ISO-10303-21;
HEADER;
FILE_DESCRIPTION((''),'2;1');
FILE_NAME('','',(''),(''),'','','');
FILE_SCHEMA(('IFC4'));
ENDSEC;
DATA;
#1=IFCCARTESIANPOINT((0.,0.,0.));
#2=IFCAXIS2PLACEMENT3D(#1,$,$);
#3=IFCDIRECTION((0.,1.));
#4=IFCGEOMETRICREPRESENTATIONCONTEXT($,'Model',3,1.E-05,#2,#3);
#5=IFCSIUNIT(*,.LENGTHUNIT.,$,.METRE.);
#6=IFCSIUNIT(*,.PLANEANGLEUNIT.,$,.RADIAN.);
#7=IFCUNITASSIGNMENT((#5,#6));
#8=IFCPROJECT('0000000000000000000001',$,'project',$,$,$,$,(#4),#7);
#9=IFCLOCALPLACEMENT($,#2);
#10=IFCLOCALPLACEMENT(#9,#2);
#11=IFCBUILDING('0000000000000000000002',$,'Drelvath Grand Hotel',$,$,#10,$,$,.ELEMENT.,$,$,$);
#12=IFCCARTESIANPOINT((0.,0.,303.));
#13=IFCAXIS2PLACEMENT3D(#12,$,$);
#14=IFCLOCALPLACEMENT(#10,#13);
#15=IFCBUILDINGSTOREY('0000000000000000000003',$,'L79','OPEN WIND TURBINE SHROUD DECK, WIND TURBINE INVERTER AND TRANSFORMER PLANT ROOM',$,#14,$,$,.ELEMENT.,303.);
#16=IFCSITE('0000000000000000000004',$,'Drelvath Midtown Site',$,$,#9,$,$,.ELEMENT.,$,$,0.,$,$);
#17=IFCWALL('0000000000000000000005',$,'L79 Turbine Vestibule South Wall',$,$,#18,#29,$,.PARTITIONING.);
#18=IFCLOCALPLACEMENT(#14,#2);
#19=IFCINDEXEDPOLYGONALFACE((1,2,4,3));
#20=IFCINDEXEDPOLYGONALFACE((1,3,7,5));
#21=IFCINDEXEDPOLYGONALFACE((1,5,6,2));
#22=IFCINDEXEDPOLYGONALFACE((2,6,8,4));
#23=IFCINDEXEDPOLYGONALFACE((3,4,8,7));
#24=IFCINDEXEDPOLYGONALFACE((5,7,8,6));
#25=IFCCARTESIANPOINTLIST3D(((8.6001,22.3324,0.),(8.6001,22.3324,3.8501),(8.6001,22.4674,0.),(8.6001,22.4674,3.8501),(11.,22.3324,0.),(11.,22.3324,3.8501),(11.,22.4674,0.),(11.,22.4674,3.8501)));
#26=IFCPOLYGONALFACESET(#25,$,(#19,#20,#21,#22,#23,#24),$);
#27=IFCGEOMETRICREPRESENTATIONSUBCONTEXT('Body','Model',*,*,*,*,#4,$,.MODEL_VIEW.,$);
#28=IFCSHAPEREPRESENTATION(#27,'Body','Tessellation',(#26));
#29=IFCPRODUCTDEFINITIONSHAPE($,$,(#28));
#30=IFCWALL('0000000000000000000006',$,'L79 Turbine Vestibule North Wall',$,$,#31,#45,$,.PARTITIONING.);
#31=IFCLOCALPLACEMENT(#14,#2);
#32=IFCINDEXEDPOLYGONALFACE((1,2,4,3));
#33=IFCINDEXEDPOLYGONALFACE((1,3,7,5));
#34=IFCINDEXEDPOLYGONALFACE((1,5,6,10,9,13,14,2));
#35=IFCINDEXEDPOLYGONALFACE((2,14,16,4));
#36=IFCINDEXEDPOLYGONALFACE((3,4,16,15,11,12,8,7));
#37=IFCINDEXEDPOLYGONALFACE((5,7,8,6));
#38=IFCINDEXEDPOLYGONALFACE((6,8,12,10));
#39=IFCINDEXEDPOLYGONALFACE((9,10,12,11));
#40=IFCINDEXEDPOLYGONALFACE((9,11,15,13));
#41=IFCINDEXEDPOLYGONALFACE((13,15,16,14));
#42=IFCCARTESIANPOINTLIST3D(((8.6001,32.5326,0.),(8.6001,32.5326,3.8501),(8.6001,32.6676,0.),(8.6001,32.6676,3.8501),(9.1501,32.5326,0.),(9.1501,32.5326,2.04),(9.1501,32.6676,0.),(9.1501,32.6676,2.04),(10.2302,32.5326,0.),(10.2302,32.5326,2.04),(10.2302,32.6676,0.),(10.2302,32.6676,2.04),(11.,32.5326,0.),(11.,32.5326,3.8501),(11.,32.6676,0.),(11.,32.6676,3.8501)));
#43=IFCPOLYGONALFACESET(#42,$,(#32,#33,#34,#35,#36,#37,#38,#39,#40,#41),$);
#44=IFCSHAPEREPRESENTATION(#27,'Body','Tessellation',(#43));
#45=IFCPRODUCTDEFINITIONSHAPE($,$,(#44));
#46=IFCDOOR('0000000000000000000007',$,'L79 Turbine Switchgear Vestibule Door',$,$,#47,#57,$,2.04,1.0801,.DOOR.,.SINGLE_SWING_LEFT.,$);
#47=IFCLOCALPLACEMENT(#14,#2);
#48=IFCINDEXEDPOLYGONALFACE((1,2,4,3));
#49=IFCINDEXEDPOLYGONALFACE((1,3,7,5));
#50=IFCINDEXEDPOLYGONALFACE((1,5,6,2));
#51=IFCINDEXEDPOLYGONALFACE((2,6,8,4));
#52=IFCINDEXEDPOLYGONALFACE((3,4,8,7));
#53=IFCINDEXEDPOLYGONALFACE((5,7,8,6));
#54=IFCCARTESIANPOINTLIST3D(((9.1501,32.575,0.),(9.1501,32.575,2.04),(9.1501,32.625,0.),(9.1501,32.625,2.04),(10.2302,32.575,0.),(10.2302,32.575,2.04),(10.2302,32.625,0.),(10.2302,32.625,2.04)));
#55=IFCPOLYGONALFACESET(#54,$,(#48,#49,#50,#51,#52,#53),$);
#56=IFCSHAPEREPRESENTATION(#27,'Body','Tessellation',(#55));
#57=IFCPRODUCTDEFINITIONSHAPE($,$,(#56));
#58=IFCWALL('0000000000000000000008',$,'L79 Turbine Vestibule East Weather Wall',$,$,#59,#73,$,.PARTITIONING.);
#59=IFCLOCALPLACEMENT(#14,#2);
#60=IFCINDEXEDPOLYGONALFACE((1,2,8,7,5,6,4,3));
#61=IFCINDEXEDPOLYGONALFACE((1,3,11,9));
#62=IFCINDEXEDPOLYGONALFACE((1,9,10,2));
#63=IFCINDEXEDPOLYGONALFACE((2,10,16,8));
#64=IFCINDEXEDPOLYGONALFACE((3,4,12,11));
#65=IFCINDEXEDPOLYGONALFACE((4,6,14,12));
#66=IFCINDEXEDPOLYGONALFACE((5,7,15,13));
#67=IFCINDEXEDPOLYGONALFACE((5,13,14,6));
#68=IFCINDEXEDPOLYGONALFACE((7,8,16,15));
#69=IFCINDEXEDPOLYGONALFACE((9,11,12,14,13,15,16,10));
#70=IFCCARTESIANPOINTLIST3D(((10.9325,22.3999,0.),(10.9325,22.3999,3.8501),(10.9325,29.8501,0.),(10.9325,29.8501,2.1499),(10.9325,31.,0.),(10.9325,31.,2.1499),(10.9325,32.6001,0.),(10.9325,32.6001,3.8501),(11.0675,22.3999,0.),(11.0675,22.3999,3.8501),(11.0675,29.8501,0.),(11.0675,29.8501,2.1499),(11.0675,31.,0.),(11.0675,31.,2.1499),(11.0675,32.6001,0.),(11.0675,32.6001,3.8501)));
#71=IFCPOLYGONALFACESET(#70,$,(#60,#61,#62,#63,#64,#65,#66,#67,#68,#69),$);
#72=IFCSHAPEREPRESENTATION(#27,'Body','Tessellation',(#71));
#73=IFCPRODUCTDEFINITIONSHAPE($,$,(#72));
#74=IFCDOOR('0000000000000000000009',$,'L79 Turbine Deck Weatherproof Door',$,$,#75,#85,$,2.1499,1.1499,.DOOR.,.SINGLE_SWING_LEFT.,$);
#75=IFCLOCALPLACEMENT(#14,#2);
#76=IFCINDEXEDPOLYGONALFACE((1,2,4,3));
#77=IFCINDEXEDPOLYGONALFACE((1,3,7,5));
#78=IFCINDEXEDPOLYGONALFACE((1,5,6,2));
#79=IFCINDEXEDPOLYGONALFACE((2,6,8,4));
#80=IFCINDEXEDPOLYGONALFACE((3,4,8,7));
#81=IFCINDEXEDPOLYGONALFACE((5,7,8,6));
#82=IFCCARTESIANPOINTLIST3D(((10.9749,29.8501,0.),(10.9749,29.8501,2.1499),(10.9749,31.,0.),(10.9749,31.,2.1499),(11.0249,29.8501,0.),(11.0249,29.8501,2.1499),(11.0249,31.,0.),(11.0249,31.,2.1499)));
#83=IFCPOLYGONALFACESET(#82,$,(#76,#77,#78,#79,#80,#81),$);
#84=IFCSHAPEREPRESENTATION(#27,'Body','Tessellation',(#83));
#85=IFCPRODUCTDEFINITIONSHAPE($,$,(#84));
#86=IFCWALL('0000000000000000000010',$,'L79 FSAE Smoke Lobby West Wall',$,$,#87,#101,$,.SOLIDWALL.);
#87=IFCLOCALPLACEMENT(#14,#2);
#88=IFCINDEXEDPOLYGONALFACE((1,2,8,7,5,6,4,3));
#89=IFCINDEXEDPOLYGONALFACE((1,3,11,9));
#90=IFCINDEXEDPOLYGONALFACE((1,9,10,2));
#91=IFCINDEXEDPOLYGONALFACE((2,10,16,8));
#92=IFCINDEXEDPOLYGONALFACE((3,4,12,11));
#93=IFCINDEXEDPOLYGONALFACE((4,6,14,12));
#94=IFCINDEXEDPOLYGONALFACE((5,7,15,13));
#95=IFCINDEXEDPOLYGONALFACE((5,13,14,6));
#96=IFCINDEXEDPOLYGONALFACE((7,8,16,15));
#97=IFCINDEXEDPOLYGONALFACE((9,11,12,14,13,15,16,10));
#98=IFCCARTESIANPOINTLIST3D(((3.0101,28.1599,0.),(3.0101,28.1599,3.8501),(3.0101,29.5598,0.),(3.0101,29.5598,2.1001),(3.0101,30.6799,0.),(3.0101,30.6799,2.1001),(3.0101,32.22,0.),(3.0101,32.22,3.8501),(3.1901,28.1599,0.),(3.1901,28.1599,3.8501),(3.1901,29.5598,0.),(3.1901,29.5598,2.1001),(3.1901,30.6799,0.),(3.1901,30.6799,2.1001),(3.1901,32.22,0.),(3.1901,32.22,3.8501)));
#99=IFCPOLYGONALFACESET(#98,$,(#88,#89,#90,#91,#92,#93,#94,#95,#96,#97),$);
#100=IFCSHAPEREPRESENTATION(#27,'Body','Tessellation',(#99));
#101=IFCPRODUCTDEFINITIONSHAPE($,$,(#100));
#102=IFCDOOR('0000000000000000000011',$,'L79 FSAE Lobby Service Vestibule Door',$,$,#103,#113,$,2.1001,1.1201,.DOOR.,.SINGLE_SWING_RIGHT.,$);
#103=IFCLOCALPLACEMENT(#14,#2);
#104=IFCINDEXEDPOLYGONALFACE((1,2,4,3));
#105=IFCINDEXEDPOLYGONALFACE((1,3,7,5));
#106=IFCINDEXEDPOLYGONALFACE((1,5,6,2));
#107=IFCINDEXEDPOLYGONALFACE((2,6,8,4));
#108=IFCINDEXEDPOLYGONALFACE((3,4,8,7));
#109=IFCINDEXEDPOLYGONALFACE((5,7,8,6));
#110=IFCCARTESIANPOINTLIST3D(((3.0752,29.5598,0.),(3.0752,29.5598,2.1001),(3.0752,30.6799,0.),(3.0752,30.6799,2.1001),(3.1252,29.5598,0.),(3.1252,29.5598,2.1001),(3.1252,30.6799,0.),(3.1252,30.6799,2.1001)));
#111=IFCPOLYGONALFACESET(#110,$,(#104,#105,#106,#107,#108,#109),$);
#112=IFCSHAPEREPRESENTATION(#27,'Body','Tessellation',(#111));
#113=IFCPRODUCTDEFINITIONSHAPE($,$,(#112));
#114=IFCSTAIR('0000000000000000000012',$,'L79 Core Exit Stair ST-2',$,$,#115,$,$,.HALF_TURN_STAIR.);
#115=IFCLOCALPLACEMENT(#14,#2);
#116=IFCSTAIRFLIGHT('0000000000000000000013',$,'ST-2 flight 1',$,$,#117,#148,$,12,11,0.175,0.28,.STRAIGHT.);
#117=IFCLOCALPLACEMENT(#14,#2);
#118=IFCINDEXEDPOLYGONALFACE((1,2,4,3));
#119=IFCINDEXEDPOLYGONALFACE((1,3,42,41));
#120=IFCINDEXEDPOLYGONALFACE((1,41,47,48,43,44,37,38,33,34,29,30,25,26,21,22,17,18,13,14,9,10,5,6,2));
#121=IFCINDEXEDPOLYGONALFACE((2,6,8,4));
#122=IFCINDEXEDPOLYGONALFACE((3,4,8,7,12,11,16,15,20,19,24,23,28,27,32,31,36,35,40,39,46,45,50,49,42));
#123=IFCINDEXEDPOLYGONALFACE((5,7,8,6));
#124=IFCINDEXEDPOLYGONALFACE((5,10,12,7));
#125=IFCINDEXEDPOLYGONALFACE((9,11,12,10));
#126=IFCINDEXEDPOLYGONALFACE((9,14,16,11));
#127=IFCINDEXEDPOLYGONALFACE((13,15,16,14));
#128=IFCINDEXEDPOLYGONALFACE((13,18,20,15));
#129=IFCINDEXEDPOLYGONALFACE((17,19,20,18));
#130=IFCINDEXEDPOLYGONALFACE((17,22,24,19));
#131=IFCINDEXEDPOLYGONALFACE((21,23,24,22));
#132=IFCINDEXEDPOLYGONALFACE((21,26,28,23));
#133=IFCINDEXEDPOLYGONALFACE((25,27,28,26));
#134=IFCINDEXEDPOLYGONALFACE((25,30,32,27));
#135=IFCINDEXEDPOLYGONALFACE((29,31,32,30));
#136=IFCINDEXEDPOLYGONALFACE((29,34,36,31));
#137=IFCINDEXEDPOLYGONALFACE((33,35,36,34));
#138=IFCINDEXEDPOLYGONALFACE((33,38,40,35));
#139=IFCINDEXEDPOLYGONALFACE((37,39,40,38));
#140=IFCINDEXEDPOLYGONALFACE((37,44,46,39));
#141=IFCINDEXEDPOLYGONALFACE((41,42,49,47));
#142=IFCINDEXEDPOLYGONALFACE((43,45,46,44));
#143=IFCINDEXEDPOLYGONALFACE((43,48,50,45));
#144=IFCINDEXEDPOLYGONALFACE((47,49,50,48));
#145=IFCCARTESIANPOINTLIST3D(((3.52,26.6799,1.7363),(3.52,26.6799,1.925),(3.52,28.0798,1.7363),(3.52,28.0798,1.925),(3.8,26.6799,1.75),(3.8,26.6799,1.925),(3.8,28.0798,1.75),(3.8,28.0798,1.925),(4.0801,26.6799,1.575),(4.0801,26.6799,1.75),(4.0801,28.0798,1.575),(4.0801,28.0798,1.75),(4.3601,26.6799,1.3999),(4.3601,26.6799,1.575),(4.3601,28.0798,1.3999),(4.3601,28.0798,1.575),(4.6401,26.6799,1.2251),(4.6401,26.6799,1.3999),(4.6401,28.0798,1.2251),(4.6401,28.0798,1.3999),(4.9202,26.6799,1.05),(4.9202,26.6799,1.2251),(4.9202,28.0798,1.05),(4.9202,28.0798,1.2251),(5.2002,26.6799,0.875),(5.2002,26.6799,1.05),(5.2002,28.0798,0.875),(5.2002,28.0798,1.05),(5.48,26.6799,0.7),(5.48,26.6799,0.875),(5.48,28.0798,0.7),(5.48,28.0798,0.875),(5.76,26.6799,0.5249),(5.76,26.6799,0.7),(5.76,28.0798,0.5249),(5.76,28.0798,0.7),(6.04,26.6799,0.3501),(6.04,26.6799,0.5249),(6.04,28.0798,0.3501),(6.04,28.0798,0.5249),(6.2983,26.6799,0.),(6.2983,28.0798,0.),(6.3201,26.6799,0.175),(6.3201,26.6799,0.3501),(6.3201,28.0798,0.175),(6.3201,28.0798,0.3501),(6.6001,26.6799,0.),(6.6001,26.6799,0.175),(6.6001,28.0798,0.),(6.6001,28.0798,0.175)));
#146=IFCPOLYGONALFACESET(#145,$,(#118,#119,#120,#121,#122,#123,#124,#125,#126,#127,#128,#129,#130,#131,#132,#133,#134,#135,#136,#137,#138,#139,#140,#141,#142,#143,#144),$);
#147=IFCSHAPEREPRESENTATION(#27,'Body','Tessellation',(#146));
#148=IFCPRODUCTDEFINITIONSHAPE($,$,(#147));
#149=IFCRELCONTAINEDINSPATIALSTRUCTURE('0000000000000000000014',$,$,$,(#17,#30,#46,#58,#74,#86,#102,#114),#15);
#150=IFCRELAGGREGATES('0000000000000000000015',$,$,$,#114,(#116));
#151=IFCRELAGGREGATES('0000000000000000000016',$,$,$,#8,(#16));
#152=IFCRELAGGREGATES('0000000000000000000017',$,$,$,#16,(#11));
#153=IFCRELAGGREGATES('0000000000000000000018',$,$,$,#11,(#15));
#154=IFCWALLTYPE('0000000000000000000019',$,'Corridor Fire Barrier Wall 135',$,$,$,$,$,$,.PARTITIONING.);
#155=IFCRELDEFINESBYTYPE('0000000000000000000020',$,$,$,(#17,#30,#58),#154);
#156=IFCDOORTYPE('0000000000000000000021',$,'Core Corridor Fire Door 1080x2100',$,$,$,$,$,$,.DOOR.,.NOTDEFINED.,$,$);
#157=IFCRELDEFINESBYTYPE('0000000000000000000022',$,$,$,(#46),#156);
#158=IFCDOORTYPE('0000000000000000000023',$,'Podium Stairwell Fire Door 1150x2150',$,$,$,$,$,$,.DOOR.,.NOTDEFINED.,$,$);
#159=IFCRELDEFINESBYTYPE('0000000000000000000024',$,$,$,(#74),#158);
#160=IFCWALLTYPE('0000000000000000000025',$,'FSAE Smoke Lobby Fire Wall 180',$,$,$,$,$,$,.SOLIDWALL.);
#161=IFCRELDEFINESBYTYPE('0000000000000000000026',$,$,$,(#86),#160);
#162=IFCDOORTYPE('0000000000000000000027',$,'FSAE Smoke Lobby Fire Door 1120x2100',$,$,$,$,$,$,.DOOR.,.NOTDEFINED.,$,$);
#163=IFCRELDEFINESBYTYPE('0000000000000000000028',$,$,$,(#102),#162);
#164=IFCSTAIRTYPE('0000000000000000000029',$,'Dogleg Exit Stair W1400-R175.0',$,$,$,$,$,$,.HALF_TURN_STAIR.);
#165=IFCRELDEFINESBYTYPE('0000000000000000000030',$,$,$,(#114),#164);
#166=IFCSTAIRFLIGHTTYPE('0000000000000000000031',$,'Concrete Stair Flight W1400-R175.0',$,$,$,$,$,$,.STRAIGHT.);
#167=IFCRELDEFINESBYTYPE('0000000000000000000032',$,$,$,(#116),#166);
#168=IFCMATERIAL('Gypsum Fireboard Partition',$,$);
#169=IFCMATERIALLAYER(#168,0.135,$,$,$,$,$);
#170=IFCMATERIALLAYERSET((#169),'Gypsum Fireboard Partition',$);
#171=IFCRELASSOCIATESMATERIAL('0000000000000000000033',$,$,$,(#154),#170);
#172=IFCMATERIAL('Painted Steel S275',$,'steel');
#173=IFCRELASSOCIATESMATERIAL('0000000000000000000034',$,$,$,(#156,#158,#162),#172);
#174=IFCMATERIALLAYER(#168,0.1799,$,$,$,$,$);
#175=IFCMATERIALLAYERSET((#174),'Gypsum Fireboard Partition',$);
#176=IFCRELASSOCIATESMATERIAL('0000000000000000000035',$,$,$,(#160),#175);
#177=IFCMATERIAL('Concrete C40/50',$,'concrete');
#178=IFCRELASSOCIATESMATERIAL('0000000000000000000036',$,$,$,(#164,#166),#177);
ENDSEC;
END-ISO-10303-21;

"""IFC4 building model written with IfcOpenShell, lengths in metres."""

from ifc_helpers import new_model, si_unit, direction, frame, frame_2d, origin, place, context, subcontext, project, spatial, polyline, rectangle, outline, extrude, material, layer, layer_set, type_object, element, fill, aggregate, save


model = new_model("IFC4")

# Units and contexts
model_context = context("Model", 3, precision=1e-05, world=origin(), true_north=direction((0.0, 1.0)))
body_context = subcontext(model_context, "Body", "Model", "MODEL_VIEW")
ifc_project = project(units=[si_unit("LENGTHUNIT", "METRE"), si_unit("PLANEANGLEUNIT", "RADIAN")], contexts=[model_context])

# Site, building, storey
site_placement = place(None, origin())
site = spatial("IfcSite", under=ifc_project, at=site_placement, Name="Drelvath Midtown Site", CompositionType="ELEMENT", RefElevation=0.0)
building_placement = place(site_placement, origin())
building = spatial("IfcBuilding", under=site, at=building_placement, Name="Drelvath Grand Hotel", CompositionType="ELEMENT")
storey_placement = place(building_placement, frame((0.0, 0.0, 303.0)))
storey = spatial("IfcBuildingStorey", under=building, at=storey_placement, Name="L79", Description="OPEN WIND TURBINE SHROUD DECK, WIND TURBINE INVERTER AND TRANSFORMER PLANT ROOM", CompositionType="ELEMENT", Elevation=303.0)

# Shared definitions
ifc_material_1 = material(Name="Concrete C40/50", Category="concrete")

# Shared definitions
ifc_material_2 = material(Name="Painted Steel S275", Category="steel")

# Wall
ifc_material_3 = material(Name="Gypsum Fireboard Partition")
ifc_layer_1 = layer(ifc_material_3, 0.135)
ifc_layer_set_1 = layer_set([ifc_layer_1], Name="Gypsum Fireboard Partition")
wall_type_1 = type_object("IfcWallType", Name="Corridor Fire Barrier Wall 135", PredefinedType="PARTITIONING", material=ifc_layer_set_1)
wall_1_placement = place(storey_placement, frame((8.6001, 22.3999, 0.0), z_axis=(0.0, 0.0, 1.0), x_axis=(1.0, 0.0, 0.0)))
element("IfcWall", 1, at=wall_1_placement, inside=storey, type_object=wall_type_1, Name="L79 Turbine Vestibule South Wall", PredefinedType="PARTITIONING", context=body_context, shape_type="SweptSolid", body=[
    extrude(rectangle(XDim=2.3999, YDim=0.135, at=frame_2d((1.2, 0.0))), origin(), (0.0, 0.0, 1.0), 3.8501),
])

# Walls, openings, doors
wall_2_placement = place(storey_placement, frame((8.6001, 32.6001, 0.0), z_axis=(0.0, 0.0, 1.0), x_axis=(1.0, 0.0, 0.0)))
wall_2 = element("IfcWall", 2, at=wall_2_placement, inside=storey, type_object=wall_type_1, Name="L79 Turbine Vestibule North Wall", PredefinedType="PARTITIONING", context=body_context, shape_type="SweptSolid", body=[
    extrude(rectangle(XDim=2.3999, YDim=0.135, at=frame_2d((1.2, 0.0))), origin(), (0.0, 0.0, 1.0), 3.8501),
])
opening_1_placement = place(wall_2_placement, frame((0.55, 0.0, 0.0)))
opening_1 = element("IfcOpeningElement", 3, at=opening_1_placement, cuts=wall_2, PredefinedType="OPENING", context=body_context, shape_type="SweptSolid", body=[
    extrude(rectangle(XDim=1.0801, YDim=2.04, at=frame_2d((0.54, 1.02))), frame((0.0, 0.0774, 0.0), z_axis=(0.0, -1.0, 0.0), x_axis=(1.0, 0.0, 0.0)), (0.0, 0.0, 1.0), 0.155),
])
door_type_1 = type_object("IfcDoorType", Name="Core Corridor Fire Door 1080x2100", OperationType="NOTDEFINED", PredefinedType="DOOR", material=ifc_material_2)
door_1_placement = place(opening_1_placement, origin())
door_1 = element("IfcDoor", 4, at=door_1_placement, inside=storey, type_object=door_type_1, Name="L79 Turbine Switchgear Vestibule Door", OperationType="SINGLE_SWING_LEFT", OverallHeight=2.04, OverallWidth=1.0801, PredefinedType="DOOR", context=body_context, shape_type="SweptSolid", body=[
    extrude(rectangle(XDim=1.0801, YDim=2.04, at=frame_2d((0.54, 1.02))), frame((0.0, 0.0249, 0.0), z_axis=(0.0, -1.0, 0.0), x_axis=(1.0, 0.0, 0.0)), (0.0, 0.0, 1.0), 0.05),
])
fill(opening_1, door_1)
wall_3_placement = place(storey_placement, frame((11.0, 32.6001, 0.0), z_axis=(0.0, 0.0, 1.0), x_axis=(0.0, -1.0, 0.0)))
wall_3 = element("IfcWall", 5, at=wall_3_placement, inside=storey, type_object=wall_type_1, Name="L79 Turbine Vestibule East Weather Wall", PredefinedType="PARTITIONING", context=body_context, shape_type="SweptSolid", body=[
    extrude(rectangle(XDim=10.2002, YDim=0.135, at=frame_2d((5.1001, 0.0))), origin(), (0.0, 0.0, 1.0), 3.8501),
])
opening_2_placement = place(wall_3_placement, frame((1.6001, 0.0, 0.0)))
opening_2 = element("IfcOpeningElement", 6, at=opening_2_placement, cuts=wall_3, PredefinedType="OPENING", context=body_context, shape_type="SweptSolid", body=[
    extrude(rectangle(XDim=1.1499, YDim=2.1499, at=frame_2d((0.575, 1.075))), frame((0.0, 0.0774, 0.0), z_axis=(0.0, -1.0, 0.0), x_axis=(1.0, 0.0, 0.0)), (0.0, 0.0, 1.0), 0.155),
])
door_type_2 = type_object("IfcDoorType", Name="Podium Stairwell Fire Door 1150x2150", OperationType="NOTDEFINED", PredefinedType="DOOR", material=ifc_material_2)
door_2_placement = place(opening_2_placement, origin())
door_2 = element("IfcDoor", 7, at=door_2_placement, inside=storey, type_object=door_type_2, Name="L79 Turbine Deck Weatherproof Door", OperationType="SINGLE_SWING_LEFT", OverallHeight=2.1499, OverallWidth=1.1499, PredefinedType="DOOR", context=body_context, shape_type="SweptSolid", body=[
    extrude(rectangle(XDim=1.1499, YDim=2.1499, at=frame_2d((0.575, 1.075))), frame((0.0, 0.0249, 0.0), z_axis=(0.0, -1.0, 0.0), x_axis=(1.0, 0.0, 0.0)), (0.0, 0.0, 1.0), 0.05),
])
fill(opening_2, door_2)
ifc_layer_2 = layer(ifc_material_3, 0.1799)
ifc_layer_set_2 = layer_set([ifc_layer_2], Name="Gypsum Fireboard Partition")
wall_type_2 = type_object("IfcWallType", Name="FSAE Smoke Lobby Fire Wall 180", PredefinedType="SOLIDWALL", material=ifc_layer_set_2)
wall_4_placement = place(storey_placement, frame((3.1001, 28.1599, 0.0), z_axis=(0.0, 0.0, 1.0), x_axis=(0.0, 1.0, 0.0)))
wall_4 = element("IfcWall", 8, at=wall_4_placement, inside=storey, type_object=wall_type_2, Name="L79 FSAE Smoke Lobby West Wall", PredefinedType="SOLIDWALL", context=body_context, shape_type="SweptSolid", body=[
    extrude(rectangle(XDim=4.0601, YDim=0.1799, at=frame_2d((2.03, 0.0))), origin(), (0.0, 0.0, 1.0), 3.8501),
])
opening_3_placement = place(wall_4_placement, frame((1.3999, 0.0, 0.0)))
opening_3 = element("IfcOpeningElement", 9, at=opening_3_placement, cuts=wall_4, PredefinedType="OPENING", context=body_context, shape_type="SweptSolid", body=[
    extrude(rectangle(XDim=1.1201, YDim=2.1001, at=frame_2d((0.5601, 1.05))), frame((0.0, 0.0999, 0.0), z_axis=(0.0, -1.0, 0.0), x_axis=(1.0, 0.0, 0.0)), (0.0, 0.0, 1.0), 0.2),
])
door_type_3 = type_object("IfcDoorType", Name="FSAE Smoke Lobby Fire Door 1120x2100", OperationType="NOTDEFINED", PredefinedType="DOOR", material=ifc_material_2)
door_3_placement = place(opening_3_placement, origin())
door_3 = element("IfcDoor", 10, at=door_3_placement, inside=storey, type_object=door_type_3, Name="L79 FSAE Lobby Service Vestibule Door", OperationType="SINGLE_SWING_RIGHT", OverallHeight=2.1001, OverallWidth=1.1201, PredefinedType="DOOR", context=body_context, shape_type="SweptSolid", body=[
    extrude(rectangle(XDim=1.1201, YDim=2.1001, at=frame_2d((0.5601, 1.05))), frame((0.0, 0.0249, 0.0), z_axis=(0.0, -1.0, 0.0), x_axis=(1.0, 0.0, 0.0)), (0.0, 0.0, 1.0), 0.05),
])
fill(opening_3, door_3)

# Stair, stair flight
stair_type = type_object("IfcStairType", Name="Dogleg Exit Stair W1400-R175.0", PredefinedType="HALF_TURN_STAIR", material=ifc_material_1)
stair_placement = place(storey_placement, origin())
stair = element("IfcStair", 11, at=stair_placement, inside=storey, type_object=stair_type, Name="L79 Core Exit Stair ST-2", PredefinedType="HALF_TURN_STAIR")
stair_flight_type = type_object("IfcStairFlightType", Name="Concrete Stair Flight W1400-R175.0", PredefinedType="STRAIGHT", material=ifc_material_1)
stair_flight_1_placement = place(storey_placement, frame((6.6001, 27.3799, 0.0), z_axis=(0.0, 0.0, 1.0), x_axis=(-1.0, 0.0, 0.0)))
stair_flight_1 = element("IfcStairFlight", 12, at=stair_flight_1_placement, type_object=stair_flight_type, Name="ST-2 flight 1", NumberOfRisers=12, NumberOfTreads=11, PredefinedType="STRAIGHT", RiserHeight=0.175, TreadLength=0.28, context=body_context, shape_type="SweptSolid", body=[
    extrude(outline(polyline([(0.0, 0.0), (0.0, 0.175), (0.28, 0.175), (0.28, 0.3501), (0.5601, 0.3501), (0.5601, 0.5249), (0.8401, 0.5249), (0.8401, 0.7), (1.1201, 0.7), (1.1201, 0.875), (1.3999, 0.875), (1.3999, 1.05), (1.6799, 1.05), (1.6799, 1.2251), (1.96, 1.2251), (1.96, 1.3999), (2.24, 1.3999), (2.24, 1.575), (2.52, 1.575), (2.52, 1.75), (2.8, 1.75), (2.8, 1.925), (3.0801, 1.925), (3.0801, 2.1001), (3.0801, 1.7363), (0.3018, 0.0), (0.0, 0.0)])), frame((0.0, 0.7, 0.0), z_axis=(0.0, -1.0, 0.0), x_axis=(1.0, 0.0, 0.0)), (0.0, 0.0, 1.0), 1.3999),
])
aggregate(stair, [stair_flight_1])

save(model, "model.ifc")
